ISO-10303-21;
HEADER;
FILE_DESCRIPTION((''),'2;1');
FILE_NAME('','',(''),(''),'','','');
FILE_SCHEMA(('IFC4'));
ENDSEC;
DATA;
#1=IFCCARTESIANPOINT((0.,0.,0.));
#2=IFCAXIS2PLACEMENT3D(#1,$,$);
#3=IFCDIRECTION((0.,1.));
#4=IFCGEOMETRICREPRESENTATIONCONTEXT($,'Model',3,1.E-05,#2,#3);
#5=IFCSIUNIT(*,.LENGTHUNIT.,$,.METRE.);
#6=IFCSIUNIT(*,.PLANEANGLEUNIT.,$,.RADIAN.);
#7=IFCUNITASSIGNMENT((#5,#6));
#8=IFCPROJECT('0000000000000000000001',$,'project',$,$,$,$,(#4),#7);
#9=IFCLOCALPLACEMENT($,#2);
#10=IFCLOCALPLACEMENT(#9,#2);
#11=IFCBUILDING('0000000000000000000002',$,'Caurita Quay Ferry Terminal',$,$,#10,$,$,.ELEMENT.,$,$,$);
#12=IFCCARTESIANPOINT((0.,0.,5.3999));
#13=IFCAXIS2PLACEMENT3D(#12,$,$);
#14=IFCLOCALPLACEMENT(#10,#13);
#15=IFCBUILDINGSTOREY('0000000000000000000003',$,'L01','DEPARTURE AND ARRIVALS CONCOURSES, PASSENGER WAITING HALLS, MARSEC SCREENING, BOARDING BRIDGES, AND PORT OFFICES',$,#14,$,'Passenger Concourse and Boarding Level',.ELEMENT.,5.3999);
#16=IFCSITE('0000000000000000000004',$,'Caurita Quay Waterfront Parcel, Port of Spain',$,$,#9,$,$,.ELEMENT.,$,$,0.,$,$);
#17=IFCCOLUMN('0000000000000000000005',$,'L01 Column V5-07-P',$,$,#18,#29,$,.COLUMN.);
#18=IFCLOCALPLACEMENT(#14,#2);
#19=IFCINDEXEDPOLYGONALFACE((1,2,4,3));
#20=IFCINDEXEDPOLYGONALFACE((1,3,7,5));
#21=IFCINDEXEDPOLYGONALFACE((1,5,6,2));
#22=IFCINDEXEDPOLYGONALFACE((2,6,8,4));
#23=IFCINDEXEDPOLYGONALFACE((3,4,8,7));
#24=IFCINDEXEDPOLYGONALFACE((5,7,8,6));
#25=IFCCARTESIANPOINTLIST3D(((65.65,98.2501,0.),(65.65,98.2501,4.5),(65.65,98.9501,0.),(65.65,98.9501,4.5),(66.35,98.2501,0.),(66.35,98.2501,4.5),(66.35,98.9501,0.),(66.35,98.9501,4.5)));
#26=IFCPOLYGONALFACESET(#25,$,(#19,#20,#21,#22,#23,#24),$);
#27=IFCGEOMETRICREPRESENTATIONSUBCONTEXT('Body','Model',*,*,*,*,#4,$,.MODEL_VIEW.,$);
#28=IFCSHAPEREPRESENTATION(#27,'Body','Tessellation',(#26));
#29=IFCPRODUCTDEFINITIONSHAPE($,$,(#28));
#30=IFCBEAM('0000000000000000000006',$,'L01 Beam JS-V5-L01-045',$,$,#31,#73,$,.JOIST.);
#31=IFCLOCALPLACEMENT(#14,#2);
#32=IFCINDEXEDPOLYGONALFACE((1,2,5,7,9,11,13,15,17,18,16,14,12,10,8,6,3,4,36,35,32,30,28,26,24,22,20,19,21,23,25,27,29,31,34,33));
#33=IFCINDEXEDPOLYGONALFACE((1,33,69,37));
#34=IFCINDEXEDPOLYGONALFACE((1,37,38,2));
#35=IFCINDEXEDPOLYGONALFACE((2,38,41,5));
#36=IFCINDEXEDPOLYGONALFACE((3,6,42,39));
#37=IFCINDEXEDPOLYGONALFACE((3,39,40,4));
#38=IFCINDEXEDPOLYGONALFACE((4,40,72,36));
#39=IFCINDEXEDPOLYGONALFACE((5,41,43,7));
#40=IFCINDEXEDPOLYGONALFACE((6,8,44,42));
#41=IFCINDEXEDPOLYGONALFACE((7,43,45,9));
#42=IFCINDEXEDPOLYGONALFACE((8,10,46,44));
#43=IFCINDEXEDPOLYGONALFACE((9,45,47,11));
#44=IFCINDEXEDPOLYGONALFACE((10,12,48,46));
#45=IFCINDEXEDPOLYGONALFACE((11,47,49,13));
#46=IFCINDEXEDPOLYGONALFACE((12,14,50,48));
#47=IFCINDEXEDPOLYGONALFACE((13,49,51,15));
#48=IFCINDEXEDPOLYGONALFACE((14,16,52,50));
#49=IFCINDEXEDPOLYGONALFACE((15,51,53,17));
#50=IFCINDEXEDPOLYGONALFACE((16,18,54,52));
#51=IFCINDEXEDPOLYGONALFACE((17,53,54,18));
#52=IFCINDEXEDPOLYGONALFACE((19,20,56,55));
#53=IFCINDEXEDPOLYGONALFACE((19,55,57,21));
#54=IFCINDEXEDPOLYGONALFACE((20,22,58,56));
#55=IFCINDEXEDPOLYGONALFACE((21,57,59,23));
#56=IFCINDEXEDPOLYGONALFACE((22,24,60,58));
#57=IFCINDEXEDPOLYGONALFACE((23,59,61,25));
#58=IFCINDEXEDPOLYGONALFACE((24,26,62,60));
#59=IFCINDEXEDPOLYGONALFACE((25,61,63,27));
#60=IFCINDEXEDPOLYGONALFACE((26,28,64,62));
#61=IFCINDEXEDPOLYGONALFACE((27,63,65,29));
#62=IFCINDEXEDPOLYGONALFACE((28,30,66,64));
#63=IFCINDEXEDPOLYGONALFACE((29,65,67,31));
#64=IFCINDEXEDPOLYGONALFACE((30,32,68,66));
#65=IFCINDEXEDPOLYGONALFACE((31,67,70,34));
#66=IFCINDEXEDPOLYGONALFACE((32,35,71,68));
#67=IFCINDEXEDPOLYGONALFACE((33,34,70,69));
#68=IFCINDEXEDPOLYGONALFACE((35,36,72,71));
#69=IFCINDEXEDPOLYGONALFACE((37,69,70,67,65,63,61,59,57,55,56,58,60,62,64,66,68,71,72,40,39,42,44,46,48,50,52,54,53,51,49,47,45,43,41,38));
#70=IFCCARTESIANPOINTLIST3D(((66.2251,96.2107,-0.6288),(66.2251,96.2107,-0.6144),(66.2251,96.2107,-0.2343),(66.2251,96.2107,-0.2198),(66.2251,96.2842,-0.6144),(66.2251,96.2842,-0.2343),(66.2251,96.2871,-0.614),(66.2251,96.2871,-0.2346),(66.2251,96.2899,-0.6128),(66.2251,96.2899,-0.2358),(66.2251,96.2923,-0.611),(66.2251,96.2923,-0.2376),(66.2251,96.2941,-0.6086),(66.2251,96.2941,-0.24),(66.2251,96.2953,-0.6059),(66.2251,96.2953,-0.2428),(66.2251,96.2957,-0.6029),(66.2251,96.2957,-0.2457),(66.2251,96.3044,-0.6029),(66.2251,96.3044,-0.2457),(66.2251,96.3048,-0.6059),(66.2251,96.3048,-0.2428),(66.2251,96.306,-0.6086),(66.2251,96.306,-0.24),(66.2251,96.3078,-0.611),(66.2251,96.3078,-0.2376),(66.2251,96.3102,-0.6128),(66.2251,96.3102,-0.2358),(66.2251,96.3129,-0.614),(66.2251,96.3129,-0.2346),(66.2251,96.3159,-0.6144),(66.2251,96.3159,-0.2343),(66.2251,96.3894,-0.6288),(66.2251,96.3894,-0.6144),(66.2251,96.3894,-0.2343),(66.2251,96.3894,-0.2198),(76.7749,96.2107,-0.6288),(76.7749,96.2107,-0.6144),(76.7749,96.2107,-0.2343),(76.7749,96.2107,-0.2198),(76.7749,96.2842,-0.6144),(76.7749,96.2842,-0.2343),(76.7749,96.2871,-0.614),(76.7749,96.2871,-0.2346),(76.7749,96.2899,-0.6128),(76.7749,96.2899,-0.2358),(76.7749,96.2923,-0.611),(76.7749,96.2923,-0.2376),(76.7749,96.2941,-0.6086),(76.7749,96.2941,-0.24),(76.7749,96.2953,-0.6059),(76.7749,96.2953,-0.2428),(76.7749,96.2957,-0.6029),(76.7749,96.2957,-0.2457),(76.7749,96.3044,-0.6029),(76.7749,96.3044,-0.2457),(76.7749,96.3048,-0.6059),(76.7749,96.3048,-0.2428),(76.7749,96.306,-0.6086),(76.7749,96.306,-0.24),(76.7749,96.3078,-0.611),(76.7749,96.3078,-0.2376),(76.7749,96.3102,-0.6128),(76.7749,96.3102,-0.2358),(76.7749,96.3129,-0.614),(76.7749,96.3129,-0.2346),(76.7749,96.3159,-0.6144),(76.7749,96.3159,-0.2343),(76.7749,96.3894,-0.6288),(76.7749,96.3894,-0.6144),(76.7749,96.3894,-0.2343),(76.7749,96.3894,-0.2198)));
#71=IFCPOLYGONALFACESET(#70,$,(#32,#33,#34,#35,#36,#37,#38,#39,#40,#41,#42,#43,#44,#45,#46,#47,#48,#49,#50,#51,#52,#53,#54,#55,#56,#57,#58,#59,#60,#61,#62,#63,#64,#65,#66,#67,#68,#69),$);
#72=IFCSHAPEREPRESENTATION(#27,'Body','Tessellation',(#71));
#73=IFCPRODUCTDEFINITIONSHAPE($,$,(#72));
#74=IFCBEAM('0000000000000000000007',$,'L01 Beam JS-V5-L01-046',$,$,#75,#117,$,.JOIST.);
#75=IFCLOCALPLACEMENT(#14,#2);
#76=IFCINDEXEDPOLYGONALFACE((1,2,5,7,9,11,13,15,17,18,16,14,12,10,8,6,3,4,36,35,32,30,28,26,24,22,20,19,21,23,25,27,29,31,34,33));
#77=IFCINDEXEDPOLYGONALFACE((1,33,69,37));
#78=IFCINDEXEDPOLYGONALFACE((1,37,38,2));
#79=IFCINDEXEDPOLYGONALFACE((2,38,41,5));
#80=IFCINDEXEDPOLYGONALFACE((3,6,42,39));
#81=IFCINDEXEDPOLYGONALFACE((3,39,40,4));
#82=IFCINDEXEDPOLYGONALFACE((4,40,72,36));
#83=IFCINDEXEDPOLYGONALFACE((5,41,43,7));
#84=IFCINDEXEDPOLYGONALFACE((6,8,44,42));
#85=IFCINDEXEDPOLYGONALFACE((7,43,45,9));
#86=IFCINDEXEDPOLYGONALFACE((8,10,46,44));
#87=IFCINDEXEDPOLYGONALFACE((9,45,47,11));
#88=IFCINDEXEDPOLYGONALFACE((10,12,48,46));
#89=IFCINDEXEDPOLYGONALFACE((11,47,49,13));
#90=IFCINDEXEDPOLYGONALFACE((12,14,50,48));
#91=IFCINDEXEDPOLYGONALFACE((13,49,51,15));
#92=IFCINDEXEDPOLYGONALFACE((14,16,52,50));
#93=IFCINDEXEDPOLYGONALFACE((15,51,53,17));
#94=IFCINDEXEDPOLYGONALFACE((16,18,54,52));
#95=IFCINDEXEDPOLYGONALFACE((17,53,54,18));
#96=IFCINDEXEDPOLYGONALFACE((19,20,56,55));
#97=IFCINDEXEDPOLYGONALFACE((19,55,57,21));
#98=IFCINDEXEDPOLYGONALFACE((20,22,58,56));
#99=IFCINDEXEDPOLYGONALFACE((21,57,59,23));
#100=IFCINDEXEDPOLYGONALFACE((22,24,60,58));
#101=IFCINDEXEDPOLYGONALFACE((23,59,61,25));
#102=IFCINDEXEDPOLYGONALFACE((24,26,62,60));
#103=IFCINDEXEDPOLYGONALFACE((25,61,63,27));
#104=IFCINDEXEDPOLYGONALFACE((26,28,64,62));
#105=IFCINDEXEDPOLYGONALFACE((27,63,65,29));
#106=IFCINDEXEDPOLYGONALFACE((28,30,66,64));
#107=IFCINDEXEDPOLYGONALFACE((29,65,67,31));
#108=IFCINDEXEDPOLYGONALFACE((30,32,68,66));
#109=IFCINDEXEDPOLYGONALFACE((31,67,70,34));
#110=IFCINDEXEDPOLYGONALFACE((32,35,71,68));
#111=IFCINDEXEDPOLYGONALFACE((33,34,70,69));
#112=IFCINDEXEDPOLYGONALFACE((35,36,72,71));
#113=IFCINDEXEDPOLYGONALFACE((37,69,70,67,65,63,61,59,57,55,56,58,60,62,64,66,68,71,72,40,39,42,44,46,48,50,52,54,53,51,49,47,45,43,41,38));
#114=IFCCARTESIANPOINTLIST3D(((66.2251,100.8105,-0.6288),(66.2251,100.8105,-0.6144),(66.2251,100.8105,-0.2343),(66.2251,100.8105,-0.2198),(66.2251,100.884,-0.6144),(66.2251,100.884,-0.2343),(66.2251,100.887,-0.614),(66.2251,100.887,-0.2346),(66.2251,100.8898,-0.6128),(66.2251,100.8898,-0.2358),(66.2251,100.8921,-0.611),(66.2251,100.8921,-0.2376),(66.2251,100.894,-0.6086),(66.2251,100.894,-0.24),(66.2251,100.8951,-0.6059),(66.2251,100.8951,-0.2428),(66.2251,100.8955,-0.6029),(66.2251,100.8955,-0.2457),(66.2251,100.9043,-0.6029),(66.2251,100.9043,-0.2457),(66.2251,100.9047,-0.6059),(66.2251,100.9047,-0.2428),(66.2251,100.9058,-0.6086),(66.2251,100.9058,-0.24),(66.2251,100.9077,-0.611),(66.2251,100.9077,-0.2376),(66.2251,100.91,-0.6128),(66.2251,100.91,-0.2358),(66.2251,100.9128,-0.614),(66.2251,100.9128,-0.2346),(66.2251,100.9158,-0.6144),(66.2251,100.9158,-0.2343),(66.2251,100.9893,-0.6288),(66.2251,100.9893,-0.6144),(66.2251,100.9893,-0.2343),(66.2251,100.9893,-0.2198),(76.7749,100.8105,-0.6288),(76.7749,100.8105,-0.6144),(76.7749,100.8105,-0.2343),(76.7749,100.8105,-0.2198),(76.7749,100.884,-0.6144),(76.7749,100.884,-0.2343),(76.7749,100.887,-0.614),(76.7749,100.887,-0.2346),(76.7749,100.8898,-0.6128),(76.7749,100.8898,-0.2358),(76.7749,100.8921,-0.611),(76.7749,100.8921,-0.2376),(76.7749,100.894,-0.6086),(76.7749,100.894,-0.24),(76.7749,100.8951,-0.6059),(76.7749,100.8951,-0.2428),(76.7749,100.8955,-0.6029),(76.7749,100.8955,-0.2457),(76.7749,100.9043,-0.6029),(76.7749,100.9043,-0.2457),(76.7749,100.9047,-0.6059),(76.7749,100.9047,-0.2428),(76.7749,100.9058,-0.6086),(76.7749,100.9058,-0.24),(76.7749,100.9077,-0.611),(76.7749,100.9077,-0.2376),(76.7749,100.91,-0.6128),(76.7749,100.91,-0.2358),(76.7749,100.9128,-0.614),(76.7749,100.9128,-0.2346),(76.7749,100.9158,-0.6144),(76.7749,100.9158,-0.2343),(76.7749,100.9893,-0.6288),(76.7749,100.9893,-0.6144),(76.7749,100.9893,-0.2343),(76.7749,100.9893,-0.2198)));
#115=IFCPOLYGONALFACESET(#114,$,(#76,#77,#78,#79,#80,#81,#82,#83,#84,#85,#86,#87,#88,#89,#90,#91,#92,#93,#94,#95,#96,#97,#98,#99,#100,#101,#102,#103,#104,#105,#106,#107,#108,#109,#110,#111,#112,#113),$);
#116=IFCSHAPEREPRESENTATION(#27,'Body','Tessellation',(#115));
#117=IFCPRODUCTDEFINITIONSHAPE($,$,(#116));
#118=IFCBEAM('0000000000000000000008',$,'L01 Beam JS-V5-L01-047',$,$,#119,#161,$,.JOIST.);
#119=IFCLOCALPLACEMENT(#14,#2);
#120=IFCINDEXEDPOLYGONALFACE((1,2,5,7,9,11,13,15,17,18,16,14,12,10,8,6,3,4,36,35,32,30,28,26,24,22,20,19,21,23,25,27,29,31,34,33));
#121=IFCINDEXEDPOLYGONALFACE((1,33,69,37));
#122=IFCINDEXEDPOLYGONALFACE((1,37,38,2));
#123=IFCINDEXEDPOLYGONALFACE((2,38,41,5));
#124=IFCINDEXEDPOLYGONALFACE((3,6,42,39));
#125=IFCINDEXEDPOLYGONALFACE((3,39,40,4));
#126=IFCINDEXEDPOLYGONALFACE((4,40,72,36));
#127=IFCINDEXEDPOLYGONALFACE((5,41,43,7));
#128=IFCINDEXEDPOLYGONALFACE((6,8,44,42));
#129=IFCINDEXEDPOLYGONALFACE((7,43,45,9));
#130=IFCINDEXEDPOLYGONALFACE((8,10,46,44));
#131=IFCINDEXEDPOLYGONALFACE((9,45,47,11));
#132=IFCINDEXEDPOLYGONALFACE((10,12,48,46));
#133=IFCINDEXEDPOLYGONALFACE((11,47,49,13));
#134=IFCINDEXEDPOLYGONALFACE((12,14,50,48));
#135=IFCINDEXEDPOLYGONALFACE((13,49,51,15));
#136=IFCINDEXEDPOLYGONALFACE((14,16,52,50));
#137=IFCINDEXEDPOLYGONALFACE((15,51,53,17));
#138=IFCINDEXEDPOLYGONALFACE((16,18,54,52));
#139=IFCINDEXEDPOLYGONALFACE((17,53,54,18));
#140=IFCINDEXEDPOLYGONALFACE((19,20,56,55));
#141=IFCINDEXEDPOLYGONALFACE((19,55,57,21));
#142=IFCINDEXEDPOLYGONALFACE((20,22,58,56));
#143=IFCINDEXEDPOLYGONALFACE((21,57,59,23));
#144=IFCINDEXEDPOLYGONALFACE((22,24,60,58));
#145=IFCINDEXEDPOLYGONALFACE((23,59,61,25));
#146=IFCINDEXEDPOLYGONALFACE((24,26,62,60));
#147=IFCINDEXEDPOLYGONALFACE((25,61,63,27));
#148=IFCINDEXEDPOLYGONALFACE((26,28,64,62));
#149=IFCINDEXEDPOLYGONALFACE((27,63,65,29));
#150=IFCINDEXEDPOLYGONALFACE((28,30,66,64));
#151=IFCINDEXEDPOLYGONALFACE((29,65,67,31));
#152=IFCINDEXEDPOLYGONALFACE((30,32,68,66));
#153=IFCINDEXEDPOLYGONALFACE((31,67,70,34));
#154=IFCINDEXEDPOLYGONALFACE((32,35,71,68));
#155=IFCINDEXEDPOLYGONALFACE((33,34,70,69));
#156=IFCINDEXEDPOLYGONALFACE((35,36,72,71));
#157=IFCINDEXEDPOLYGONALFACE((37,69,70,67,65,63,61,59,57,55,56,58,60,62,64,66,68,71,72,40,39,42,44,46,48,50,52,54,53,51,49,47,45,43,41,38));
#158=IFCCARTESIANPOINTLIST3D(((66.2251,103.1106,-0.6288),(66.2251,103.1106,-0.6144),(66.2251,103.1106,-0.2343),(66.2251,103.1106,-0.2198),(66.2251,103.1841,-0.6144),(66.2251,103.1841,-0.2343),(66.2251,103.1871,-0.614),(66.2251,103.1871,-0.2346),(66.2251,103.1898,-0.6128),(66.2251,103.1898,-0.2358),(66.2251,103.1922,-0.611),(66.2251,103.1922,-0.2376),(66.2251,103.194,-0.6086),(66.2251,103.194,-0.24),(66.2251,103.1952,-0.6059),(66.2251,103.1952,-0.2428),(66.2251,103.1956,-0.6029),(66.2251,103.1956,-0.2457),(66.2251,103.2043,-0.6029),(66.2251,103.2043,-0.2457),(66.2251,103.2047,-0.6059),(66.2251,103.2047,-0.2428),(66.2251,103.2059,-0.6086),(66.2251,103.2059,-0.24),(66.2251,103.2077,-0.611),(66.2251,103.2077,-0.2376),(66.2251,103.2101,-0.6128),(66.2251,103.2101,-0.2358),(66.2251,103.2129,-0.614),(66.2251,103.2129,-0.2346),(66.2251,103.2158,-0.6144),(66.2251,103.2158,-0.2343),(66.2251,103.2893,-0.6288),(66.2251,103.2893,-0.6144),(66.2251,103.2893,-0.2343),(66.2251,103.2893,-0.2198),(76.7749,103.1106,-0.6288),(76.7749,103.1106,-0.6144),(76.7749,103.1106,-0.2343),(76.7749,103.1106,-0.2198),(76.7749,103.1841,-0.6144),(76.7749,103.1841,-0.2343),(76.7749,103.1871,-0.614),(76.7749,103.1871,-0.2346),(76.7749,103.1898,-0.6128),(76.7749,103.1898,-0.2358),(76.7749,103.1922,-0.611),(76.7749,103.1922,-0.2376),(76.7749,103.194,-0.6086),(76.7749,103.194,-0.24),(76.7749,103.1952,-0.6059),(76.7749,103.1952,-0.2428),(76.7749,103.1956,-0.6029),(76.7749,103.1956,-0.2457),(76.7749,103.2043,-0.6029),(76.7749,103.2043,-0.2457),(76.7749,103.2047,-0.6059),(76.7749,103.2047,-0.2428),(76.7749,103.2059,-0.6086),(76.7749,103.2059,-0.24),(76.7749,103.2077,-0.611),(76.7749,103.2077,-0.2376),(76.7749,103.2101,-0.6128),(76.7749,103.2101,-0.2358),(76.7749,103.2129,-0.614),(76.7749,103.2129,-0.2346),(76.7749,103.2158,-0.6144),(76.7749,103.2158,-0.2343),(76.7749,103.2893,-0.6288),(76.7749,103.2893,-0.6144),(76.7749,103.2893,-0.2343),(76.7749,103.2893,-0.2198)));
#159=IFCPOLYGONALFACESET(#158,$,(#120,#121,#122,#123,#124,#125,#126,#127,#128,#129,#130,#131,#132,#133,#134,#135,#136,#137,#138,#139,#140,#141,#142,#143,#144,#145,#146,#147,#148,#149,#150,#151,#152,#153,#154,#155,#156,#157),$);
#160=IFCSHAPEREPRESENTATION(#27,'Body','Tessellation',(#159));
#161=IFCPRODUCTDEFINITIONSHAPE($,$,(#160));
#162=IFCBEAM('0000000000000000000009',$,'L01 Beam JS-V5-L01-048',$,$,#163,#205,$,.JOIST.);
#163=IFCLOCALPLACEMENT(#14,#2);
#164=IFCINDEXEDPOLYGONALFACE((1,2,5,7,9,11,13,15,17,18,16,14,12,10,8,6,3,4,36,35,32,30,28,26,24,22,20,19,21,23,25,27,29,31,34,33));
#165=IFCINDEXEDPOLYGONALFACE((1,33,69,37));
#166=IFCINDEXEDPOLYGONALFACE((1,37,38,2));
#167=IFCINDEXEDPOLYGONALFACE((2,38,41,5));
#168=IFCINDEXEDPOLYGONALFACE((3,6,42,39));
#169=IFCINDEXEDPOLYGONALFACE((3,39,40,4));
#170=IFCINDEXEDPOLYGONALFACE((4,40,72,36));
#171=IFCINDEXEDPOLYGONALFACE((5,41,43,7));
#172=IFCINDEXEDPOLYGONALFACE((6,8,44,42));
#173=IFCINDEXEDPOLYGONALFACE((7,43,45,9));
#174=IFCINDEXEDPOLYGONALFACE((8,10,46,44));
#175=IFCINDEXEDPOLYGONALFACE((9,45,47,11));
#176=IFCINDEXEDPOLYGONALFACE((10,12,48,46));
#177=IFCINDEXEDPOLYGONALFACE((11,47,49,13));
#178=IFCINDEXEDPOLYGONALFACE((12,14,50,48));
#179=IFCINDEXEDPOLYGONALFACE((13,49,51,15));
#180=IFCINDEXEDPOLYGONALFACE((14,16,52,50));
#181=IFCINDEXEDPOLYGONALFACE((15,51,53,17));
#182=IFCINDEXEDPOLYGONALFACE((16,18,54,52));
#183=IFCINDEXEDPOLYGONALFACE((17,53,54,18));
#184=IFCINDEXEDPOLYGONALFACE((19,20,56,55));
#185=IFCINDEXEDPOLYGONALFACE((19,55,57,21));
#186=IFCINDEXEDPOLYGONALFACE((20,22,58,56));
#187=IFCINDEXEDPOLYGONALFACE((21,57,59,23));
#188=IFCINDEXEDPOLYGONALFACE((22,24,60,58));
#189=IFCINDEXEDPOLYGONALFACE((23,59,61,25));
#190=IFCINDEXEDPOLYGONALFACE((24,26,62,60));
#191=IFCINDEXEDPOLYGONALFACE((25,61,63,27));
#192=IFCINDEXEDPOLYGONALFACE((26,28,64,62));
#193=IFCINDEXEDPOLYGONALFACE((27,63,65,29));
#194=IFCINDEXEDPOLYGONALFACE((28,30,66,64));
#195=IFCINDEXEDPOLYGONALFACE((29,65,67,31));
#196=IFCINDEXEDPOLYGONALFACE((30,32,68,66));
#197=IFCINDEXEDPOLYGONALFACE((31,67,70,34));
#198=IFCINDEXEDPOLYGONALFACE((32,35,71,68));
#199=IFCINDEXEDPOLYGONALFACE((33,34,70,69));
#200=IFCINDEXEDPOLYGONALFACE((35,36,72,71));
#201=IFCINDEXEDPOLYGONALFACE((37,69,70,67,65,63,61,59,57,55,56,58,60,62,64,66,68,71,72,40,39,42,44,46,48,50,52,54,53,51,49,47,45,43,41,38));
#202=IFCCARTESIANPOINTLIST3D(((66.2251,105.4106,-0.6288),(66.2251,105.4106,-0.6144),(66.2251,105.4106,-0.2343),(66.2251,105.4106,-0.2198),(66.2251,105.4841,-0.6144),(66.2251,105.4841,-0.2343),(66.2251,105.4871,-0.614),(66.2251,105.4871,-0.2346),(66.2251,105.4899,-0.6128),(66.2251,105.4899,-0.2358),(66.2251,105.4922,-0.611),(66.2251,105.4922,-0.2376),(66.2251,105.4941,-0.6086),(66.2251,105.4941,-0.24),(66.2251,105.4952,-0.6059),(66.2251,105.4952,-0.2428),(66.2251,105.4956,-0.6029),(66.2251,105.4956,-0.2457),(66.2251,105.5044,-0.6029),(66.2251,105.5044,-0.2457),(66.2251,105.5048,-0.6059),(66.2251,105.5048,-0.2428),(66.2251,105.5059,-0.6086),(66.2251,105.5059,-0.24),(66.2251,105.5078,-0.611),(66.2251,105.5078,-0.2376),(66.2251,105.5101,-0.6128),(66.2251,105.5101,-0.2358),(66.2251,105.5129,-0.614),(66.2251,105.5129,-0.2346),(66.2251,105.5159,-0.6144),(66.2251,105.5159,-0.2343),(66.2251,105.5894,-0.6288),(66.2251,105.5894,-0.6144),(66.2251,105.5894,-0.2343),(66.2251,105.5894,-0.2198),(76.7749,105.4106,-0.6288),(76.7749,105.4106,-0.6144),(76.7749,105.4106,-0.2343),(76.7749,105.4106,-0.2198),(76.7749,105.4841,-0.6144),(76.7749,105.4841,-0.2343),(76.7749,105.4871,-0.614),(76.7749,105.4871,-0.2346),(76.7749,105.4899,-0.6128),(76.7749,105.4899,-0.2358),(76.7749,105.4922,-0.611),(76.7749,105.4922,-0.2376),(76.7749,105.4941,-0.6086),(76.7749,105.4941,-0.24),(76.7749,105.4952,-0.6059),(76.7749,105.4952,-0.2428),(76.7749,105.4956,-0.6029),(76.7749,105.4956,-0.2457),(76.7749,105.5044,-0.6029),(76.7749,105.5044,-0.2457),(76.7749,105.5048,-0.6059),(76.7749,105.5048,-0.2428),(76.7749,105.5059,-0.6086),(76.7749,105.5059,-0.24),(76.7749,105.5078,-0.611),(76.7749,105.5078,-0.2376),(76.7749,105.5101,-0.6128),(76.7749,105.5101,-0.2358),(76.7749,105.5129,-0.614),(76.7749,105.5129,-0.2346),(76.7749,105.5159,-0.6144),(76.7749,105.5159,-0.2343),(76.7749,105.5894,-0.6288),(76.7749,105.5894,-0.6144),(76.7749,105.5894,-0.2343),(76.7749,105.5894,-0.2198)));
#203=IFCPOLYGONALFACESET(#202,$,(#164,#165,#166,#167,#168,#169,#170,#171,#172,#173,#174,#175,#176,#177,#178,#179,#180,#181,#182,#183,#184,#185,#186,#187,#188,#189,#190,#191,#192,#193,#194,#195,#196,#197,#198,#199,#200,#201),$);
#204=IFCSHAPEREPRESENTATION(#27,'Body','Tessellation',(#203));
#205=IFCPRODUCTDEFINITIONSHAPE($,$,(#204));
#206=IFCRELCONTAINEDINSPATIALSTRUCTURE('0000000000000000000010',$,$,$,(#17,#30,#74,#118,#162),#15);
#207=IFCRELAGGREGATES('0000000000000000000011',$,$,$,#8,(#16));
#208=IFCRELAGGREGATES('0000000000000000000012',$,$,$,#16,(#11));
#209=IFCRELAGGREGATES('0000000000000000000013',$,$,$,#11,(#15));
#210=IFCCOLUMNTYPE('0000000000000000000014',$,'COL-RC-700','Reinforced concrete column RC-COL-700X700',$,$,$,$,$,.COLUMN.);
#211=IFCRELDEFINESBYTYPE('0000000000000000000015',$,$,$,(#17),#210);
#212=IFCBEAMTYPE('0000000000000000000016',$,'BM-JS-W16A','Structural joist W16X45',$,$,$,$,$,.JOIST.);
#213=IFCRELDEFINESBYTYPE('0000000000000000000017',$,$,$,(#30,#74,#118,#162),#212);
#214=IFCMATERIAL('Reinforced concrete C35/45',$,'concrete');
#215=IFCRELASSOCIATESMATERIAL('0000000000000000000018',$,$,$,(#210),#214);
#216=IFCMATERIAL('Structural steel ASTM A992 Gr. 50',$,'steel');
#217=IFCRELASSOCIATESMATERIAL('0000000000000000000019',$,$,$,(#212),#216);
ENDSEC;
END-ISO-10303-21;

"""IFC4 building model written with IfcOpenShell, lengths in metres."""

from ifc_helpers import new_model, si_unit, direction, frame, origin, origin_2d, place, context, subcontext, project, spatial, rectangle, i_section, extrude, material, material_profile, profile_set, type_object, element, save


model = new_model("IFC4")

# Units and contexts
model_context = context("Model", 3, precision=1e-05, world=origin(), true_north=direction((0.0, 1.0)))
body_context = subcontext(model_context, "Body", "Model", "MODEL_VIEW")
ifc_project = project(units=[si_unit("LENGTHUNIT", "METRE"), si_unit("PLANEANGLEUNIT", "RADIAN")], contexts=[model_context])

# Site, building, storey
site_placement = place(None, origin())
site = spatial("IfcSite", under=ifc_project, at=site_placement, Name="Caurita Quay Waterfront Parcel, Port of Spain", CompositionType="ELEMENT", RefElevation=0.0)
building_placement = place(site_placement, origin())
building = spatial("IfcBuilding", under=site, at=building_placement, Name="Caurita Quay Ferry Terminal", CompositionType="ELEMENT")
storey_placement = place(building_placement, frame((0.0, 0.0, 5.3999)))
storey = spatial("IfcBuildingStorey", under=building, at=storey_placement, Name="L01", Description="DEPARTURE AND ARRIVALS CONCOURSES, PASSENGER WAITING HALLS, MARSEC SCREENING, BOARDING BRIDGES, AND PORT OFFICES", LongName="Passenger Concourse and Boarding Level", CompositionType="ELEMENT", Elevation=5.3999)

# Column
ifc_material_1 = material(Name="Reinforced concrete C35/45", Category="concrete")
ifc_material_profile_1 = material_profile(ifc_material_1, rectangle(XDim=0.7, YDim=0.7, at=origin_2d()), Name="RC-COL-700X700")
ifc_profile_set_1 = profile_set([ifc_material_profile_1], Name="Reinforced concrete C35/45")
column_type = type_object("IfcColumnType", Name="COL-RC-700", Description="Reinforced concrete column RC-COL-700X700", PredefinedType="COLUMN", material=ifc_profile_set_1)
column_placement = place(storey_placement, frame((66.0, 98.6001, 0.0), z_axis=(0.0, 0.0, 1.0), x_axis=(1.0, 0.0, 0.0)))
element("IfcColumn", 1, at=column_placement, inside=storey, type_object=column_type, Name="L01 Column V5-07-P", PredefinedType="COLUMN", context=body_context, shape_type="SweptSolid", body=[
    extrude(rectangle(XDim=0.7, YDim=0.7, at=origin_2d()), origin(), (0.0, 0.0, 1.0), 4.5),
])

# Beams
ifc_material_2 = material(Name="Structural steel ASTM A992 Gr. 50", Category="steel")
ifc_material_profile_2 = material_profile(ifc_material_2, i_section(OverallWidth=0.1787, OverallDepth=0.4089, WebThickness=0.0088, FlangeThickness=0.0144, FilletRadius=0.0115, at=origin_2d()), Name="W16X45")
ifc_profile_set_2 = profile_set([ifc_material_profile_2], Name="Structural steel ASTM A992 Gr. 50")
beam_type_1 = type_object("IfcBeamType", Name="BM-JS-W16A", Description="Structural joist W16X45", PredefinedType="JOIST", material=ifc_profile_set_2)
for number, where, z_axis, x_axis, name in (
    (2, (66.2251, 96.3, -0.4243), (1.0, 0.0, 0.0), (0.0, 1.0, 0.0), "L01 Beam JS-V5-L01-045"),
    (3, (66.2251, 100.8999, -0.4243), (1.0, 0.0, 0.0), (0.0, 1.0, 0.0), "L01 Beam JS-V5-L01-046"),
    (4, (66.2251, 103.2, -0.4243), (1.0, 0.0, 0.0), (0.0, 1.0, 0.0), "L01 Beam JS-V5-L01-047"),
    (5, (66.2251, 105.5, -0.4243), (1.0, 0.0, 0.0), (0.0, 1.0, 0.0), "L01 Beam JS-V5-L01-048"),
):
    element("IfcBeam", number, at=place(storey_placement, frame(where, z_axis=z_axis, x_axis=x_axis)), inside=storey, type_object=beam_type_1, Name=name, PredefinedType="JOIST", context=body_context, shape_type="SweptSolid", body=[
        extrude(i_section(OverallWidth=0.1787, OverallDepth=0.4089, WebThickness=0.0088, FlangeThickness=0.0144, FilletRadius=0.0115, at=origin_2d()), origin(), (0.0, 0.0, 1.0), 10.5498),
    ])

save(model, "model.ifc")
